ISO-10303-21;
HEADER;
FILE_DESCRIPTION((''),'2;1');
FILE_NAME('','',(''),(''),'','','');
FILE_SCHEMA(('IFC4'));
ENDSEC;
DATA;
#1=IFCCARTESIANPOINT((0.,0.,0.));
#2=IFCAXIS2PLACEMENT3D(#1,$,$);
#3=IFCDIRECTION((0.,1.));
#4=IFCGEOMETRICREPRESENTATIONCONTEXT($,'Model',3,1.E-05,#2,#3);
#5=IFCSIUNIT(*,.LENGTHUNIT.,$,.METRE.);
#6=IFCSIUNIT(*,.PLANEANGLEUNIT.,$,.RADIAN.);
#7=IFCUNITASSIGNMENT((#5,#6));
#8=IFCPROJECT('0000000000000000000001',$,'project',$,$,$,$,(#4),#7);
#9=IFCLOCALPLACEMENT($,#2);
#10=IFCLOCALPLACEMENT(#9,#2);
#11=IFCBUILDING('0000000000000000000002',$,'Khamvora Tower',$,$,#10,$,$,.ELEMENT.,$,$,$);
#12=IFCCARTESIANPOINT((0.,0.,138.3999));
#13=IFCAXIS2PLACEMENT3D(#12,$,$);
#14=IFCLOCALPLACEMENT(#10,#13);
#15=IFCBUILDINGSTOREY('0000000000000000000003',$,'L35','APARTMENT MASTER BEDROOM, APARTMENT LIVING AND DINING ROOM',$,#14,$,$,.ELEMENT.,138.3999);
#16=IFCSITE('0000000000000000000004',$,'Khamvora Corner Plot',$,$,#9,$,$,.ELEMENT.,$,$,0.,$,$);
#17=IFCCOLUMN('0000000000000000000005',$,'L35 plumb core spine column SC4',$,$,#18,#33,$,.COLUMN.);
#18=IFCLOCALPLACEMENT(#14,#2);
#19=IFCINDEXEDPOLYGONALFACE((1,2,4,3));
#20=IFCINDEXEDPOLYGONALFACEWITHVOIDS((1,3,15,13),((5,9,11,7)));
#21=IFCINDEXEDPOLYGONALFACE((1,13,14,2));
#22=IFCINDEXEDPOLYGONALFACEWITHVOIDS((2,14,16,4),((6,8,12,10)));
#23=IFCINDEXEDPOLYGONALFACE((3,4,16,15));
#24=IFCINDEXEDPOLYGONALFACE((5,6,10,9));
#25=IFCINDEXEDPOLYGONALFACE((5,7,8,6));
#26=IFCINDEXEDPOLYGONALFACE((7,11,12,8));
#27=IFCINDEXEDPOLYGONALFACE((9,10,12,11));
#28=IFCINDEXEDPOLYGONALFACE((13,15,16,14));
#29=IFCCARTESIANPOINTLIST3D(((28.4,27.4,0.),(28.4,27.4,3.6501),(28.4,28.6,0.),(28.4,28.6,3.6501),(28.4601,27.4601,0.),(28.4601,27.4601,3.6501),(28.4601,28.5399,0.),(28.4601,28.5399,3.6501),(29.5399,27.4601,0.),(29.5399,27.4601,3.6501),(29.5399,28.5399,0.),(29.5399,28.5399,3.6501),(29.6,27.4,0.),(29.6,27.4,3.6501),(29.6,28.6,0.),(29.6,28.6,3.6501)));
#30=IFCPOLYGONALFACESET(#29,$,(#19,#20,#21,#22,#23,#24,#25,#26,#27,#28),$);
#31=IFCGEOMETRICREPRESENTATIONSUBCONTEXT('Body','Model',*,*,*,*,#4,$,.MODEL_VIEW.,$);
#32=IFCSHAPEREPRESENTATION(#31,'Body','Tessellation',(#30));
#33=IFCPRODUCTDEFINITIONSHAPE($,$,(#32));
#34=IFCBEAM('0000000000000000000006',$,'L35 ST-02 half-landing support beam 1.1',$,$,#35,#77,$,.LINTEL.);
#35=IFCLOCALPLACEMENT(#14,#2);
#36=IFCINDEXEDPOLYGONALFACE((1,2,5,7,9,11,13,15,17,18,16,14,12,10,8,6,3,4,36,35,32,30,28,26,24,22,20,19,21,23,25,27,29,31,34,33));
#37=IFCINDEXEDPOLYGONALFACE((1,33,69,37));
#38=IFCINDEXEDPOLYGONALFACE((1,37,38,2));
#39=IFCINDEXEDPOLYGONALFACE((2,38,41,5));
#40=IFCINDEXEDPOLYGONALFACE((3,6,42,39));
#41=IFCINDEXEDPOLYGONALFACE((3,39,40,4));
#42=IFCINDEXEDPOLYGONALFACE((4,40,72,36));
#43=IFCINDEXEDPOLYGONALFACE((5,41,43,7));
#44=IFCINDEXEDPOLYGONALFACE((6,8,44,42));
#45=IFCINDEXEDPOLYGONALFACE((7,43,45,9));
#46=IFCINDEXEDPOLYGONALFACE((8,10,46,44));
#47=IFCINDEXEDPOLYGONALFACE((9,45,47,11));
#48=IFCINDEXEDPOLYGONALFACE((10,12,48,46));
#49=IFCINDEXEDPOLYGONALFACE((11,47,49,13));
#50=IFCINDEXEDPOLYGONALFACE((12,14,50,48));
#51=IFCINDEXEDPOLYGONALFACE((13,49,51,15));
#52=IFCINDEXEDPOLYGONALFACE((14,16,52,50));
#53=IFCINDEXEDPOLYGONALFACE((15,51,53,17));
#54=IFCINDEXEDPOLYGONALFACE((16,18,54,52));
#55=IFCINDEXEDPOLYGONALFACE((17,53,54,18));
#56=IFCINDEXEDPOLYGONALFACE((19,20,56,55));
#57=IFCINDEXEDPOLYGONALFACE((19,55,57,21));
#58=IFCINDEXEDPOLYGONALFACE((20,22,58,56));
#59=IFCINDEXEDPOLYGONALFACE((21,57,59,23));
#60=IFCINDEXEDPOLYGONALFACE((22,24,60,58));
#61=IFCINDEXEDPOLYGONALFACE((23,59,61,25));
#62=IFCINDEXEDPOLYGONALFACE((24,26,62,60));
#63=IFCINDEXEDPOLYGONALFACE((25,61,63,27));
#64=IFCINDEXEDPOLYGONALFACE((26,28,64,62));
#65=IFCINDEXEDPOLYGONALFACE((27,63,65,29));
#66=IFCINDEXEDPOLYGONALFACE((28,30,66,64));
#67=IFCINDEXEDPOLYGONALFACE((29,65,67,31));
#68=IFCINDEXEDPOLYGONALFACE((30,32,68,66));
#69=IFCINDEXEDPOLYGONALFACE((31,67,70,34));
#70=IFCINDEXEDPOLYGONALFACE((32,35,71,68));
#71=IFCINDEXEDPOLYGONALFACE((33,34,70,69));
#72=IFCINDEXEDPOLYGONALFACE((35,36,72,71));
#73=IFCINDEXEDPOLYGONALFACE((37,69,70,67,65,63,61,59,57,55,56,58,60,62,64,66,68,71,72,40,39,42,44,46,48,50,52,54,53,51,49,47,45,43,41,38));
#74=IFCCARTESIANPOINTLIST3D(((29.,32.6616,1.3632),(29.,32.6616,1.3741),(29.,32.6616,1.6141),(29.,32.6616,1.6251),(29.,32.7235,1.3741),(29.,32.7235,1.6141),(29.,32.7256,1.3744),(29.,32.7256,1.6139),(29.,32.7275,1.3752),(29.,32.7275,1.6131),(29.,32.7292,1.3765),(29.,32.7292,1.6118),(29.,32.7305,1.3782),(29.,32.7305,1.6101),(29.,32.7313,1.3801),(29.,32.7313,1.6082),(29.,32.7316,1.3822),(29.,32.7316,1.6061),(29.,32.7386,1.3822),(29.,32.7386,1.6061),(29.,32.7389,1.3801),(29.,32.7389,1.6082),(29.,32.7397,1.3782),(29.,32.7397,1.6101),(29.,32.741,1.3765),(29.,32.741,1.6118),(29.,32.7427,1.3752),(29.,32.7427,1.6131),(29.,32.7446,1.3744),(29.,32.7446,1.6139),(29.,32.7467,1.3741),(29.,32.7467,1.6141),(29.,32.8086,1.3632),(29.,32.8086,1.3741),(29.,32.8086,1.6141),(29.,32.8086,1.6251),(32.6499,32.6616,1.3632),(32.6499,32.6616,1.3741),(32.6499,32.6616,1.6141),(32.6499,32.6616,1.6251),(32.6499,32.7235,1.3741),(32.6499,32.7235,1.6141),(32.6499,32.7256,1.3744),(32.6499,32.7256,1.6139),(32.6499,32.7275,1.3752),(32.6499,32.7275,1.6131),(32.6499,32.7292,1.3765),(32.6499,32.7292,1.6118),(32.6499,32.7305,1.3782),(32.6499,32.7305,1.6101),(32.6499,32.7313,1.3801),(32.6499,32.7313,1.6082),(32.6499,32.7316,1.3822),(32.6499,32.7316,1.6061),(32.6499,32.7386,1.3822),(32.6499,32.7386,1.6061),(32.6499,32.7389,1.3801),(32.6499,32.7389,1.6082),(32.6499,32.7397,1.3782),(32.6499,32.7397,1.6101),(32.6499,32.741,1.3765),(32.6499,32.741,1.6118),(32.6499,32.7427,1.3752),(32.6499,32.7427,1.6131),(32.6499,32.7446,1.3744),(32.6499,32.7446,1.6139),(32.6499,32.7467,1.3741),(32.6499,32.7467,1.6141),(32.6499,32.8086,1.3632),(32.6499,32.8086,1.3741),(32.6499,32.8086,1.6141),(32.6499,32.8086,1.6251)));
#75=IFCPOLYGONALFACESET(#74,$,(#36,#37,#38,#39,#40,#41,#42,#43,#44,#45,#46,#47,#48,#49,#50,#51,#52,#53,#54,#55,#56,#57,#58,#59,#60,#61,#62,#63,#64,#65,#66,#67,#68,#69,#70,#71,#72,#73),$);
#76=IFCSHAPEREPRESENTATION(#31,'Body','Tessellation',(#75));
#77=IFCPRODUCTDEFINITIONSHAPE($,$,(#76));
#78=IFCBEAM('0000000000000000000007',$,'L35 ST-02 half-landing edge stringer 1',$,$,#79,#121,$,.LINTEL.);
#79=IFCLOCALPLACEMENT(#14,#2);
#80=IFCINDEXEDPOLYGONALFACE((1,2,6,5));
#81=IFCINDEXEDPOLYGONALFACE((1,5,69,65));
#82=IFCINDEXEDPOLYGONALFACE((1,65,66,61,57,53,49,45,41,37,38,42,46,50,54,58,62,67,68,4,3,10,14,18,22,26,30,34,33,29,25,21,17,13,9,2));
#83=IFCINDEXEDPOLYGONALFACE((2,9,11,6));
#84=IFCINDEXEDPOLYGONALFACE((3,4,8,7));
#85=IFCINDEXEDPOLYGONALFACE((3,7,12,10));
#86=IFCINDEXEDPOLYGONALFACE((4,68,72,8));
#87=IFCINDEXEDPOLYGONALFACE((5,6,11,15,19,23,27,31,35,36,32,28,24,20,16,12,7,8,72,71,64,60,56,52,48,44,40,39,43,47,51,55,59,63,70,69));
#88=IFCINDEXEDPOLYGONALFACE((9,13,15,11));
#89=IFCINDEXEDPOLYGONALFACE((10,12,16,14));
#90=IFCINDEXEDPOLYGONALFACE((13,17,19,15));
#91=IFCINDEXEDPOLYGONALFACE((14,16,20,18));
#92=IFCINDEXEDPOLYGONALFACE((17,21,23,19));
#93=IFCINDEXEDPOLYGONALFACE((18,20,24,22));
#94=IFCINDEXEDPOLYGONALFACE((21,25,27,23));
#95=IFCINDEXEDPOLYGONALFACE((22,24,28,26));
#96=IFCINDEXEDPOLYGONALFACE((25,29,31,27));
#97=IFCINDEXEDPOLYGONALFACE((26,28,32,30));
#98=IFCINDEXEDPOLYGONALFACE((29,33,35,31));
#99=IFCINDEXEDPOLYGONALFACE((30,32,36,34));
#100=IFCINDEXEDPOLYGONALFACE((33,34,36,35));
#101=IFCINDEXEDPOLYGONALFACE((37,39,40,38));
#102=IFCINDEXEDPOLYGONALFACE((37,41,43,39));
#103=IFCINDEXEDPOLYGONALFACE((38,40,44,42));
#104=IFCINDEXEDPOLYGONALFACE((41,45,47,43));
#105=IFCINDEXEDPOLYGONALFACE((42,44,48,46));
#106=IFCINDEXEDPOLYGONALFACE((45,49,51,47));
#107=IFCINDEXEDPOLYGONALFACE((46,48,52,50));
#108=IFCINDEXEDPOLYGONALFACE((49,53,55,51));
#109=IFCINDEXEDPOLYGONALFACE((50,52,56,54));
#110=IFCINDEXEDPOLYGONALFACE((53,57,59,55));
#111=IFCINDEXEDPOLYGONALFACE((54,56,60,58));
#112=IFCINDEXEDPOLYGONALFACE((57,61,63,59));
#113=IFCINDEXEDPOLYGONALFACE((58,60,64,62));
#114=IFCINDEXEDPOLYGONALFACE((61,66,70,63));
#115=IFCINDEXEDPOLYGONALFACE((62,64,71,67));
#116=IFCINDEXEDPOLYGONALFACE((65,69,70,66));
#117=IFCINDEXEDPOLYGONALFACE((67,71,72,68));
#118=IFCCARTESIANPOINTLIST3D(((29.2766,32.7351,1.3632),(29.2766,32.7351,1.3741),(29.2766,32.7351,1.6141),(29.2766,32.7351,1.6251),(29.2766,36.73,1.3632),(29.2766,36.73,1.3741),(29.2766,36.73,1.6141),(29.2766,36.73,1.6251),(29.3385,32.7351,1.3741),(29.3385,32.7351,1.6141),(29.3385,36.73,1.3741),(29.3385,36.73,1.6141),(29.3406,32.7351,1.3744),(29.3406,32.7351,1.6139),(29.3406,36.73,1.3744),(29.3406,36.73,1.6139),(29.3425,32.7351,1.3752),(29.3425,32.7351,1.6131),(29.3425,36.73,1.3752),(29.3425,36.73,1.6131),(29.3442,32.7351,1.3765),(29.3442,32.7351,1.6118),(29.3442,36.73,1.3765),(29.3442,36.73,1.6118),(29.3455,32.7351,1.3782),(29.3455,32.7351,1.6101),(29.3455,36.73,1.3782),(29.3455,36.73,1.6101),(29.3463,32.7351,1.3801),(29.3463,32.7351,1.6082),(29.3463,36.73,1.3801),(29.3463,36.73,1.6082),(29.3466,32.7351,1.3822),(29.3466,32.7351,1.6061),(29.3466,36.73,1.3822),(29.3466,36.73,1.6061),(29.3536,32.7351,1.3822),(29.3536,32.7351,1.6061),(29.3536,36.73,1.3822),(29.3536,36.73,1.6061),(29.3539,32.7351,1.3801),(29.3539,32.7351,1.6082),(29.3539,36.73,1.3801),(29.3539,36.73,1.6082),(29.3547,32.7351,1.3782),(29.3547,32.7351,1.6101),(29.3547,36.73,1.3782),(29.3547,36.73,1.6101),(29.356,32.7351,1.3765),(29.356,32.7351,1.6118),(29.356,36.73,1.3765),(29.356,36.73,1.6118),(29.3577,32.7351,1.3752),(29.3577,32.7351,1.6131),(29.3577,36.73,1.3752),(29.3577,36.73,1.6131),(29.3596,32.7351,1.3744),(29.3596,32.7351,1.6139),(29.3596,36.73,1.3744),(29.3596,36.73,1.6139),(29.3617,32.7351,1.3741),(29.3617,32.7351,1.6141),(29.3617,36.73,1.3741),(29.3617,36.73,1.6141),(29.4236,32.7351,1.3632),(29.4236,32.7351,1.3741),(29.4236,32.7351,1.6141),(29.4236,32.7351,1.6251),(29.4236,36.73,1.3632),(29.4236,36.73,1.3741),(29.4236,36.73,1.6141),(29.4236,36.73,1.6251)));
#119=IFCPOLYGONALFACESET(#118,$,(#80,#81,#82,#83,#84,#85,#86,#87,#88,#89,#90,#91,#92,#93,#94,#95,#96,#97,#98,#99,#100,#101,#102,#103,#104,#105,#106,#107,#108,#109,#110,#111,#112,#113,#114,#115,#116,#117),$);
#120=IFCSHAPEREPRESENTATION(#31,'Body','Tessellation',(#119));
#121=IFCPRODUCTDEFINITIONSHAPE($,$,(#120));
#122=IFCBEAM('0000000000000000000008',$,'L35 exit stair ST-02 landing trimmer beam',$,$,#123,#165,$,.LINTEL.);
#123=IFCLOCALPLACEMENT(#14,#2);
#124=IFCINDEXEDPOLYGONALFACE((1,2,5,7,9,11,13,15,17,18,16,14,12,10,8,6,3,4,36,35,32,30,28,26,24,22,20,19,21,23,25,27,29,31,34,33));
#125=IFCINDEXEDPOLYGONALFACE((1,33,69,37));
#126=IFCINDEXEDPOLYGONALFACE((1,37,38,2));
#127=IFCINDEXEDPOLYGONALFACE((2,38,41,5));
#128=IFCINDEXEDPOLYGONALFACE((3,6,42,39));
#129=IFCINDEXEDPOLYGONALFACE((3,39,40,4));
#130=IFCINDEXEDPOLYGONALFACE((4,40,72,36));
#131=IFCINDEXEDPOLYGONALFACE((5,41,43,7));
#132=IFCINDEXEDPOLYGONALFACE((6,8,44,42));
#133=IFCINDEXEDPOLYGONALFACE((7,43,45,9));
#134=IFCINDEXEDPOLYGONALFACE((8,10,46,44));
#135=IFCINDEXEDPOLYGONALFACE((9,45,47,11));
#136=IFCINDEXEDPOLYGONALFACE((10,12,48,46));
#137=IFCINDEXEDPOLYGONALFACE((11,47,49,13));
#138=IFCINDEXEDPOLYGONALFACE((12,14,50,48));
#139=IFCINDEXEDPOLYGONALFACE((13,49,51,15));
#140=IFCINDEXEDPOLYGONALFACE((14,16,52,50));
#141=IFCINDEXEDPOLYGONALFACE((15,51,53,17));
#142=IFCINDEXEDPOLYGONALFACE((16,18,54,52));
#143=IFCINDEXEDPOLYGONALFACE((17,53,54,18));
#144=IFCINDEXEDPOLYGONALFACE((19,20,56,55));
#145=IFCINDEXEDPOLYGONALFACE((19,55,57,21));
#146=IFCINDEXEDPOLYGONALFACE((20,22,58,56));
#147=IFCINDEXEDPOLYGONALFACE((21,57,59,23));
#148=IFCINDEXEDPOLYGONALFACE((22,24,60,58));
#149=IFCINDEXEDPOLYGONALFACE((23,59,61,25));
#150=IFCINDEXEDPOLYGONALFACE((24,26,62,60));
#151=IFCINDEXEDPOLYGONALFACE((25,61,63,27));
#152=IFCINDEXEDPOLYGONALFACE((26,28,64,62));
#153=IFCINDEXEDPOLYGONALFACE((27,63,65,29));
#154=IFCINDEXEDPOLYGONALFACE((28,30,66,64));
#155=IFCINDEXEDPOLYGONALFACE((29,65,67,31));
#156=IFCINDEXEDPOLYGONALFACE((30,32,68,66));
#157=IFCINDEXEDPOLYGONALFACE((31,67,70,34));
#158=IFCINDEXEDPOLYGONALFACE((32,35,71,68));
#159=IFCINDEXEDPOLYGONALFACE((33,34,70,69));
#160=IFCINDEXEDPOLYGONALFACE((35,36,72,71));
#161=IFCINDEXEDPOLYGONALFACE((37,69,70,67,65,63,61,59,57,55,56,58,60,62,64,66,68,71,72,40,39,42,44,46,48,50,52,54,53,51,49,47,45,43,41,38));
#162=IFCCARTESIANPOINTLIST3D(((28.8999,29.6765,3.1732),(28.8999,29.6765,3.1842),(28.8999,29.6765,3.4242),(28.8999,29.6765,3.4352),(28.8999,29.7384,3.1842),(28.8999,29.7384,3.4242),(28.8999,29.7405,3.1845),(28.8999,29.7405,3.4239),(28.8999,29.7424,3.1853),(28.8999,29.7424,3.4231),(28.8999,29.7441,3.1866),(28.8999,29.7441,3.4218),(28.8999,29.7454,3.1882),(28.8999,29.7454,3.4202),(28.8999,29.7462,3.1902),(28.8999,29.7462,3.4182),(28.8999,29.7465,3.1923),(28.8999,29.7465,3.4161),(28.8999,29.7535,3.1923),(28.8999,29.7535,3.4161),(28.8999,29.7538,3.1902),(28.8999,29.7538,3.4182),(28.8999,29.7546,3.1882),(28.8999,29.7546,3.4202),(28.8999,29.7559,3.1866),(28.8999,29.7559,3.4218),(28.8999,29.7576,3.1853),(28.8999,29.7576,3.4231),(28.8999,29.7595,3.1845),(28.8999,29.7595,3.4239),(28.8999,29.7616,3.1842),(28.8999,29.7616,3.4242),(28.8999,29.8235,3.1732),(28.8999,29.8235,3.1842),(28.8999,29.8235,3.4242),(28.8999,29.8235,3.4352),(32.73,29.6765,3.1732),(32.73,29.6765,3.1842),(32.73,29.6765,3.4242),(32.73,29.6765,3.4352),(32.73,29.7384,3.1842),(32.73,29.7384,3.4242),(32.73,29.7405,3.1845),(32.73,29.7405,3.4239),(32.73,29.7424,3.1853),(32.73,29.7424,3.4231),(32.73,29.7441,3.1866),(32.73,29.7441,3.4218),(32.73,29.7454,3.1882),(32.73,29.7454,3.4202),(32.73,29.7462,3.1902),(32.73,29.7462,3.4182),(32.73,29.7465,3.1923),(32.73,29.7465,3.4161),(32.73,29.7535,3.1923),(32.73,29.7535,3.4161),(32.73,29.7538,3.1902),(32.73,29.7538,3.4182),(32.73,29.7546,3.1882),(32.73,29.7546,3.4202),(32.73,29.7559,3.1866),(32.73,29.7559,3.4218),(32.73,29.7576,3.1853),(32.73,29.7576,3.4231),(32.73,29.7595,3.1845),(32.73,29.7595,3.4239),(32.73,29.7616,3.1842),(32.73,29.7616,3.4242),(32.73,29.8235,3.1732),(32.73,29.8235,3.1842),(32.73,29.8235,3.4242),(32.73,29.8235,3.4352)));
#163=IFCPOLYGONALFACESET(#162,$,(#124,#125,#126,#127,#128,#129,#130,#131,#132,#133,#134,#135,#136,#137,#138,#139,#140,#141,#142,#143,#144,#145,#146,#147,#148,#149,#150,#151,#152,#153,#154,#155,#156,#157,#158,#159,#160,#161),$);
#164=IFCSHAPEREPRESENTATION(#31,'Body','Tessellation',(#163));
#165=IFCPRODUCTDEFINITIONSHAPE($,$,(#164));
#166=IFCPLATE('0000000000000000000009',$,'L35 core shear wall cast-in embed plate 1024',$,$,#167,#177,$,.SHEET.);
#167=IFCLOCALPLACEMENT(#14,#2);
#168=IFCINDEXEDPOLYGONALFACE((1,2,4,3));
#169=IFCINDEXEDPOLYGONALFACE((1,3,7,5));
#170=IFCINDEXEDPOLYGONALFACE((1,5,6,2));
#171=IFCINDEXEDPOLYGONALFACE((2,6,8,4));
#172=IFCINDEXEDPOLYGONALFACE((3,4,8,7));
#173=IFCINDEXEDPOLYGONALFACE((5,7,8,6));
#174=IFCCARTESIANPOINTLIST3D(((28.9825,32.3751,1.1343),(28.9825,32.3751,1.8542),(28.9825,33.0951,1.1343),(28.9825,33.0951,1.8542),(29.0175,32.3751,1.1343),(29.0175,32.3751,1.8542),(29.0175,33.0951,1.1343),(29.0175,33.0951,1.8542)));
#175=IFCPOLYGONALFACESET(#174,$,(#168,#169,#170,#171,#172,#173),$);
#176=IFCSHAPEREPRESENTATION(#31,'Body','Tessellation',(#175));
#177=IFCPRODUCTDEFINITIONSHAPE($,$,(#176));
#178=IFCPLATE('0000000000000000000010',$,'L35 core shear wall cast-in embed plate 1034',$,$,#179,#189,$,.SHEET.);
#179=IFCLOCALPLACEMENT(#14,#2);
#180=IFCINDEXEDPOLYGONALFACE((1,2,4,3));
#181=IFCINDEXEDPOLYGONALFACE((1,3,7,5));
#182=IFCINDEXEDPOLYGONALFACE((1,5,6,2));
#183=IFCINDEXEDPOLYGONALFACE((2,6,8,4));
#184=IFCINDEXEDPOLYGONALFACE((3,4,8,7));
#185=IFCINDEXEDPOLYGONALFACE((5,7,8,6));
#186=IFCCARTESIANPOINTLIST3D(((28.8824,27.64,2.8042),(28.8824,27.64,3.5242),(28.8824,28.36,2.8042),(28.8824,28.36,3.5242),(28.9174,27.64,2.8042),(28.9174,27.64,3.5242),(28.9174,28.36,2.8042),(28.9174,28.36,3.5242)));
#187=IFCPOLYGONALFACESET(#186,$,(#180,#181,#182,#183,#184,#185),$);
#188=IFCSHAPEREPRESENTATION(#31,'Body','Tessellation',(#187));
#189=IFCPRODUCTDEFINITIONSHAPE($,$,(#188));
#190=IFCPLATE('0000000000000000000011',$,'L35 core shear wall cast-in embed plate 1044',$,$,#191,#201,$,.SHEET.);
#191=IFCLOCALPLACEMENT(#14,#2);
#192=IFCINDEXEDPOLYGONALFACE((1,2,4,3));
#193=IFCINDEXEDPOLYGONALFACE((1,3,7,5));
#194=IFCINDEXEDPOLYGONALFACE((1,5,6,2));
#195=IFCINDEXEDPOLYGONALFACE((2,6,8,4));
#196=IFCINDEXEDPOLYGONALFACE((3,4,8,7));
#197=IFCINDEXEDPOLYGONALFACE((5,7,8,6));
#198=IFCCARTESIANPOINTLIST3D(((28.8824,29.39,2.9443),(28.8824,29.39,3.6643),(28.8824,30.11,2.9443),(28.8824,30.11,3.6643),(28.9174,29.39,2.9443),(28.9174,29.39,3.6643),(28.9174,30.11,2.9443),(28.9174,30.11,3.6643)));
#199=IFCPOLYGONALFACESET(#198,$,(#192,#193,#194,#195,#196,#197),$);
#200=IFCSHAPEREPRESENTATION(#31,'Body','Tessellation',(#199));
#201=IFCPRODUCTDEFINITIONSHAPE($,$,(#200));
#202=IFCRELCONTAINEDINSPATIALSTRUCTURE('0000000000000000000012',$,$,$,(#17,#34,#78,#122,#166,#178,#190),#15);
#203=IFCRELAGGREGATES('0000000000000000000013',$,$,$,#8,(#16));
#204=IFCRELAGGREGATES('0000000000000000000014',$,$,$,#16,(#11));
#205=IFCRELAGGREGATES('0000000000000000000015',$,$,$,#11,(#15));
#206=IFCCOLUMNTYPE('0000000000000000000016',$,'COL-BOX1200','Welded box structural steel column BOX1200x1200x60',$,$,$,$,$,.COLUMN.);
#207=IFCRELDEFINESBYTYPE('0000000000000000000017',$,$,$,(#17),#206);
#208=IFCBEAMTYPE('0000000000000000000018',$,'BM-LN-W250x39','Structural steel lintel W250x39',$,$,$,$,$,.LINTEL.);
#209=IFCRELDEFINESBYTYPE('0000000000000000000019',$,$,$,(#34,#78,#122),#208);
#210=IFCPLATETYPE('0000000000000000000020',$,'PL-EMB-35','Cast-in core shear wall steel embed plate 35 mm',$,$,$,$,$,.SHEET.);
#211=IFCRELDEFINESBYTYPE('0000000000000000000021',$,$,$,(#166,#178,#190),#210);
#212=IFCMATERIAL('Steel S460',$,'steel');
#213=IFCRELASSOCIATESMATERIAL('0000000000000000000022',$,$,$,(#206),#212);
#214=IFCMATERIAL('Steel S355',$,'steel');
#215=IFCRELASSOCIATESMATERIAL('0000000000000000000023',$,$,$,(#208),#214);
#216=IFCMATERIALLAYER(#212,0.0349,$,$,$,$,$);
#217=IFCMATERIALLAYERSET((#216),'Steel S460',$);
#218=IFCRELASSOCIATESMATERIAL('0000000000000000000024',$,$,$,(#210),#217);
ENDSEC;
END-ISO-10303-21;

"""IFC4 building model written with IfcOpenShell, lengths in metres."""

from ifc_helpers import new_model, si_unit, direction, frame, origin, origin_2d, place, context, subcontext, project, spatial, rectangle, hollow_rectangle, i_section, extrude, material, layer, layer_set, material_profile, profile_set, type_object, element, save


model = new_model("IFC4")

# Units and contexts
model_context = context("Model", 3, precision=1e-05, world=origin(), true_north=direction((0.0, 1.0)))
body_context = subcontext(model_context, "Body", "Model", "MODEL_VIEW")
ifc_project = project(units=[si_unit("LENGTHUNIT", "METRE"), si_unit("PLANEANGLEUNIT", "RADIAN")], contexts=[model_context])

# Site, building, storey
site_placement = place(None, origin())
site = spatial("IfcSite", under=ifc_project, at=site_placement, Name="Khamvora Corner Plot", CompositionType="ELEMENT", RefElevation=0.0)
building_placement = place(site_placement, origin())
building = spatial("IfcBuilding", under=site, at=building_placement, Name="Khamvora Tower", CompositionType="ELEMENT")
storey_placement = place(building_placement, frame((0.0, 0.0, 138.3999)))
storey = spatial("IfcBuildingStorey", under=building, at=storey_placement, Name="L35", Description="APARTMENT MASTER BEDROOM, APARTMENT LIVING AND DINING ROOM", CompositionType="ELEMENT", Elevation=138.3999)

# Column
ifc_material_1 = material(Name="Steel S460", Category="steel")
ifc_material_profile_1 = material_profile(ifc_material_1, hollow_rectangle(XDim=1.2, YDim=1.2, WallThickness=0.0601, at=origin_2d()), Name="BOX1200x1200x60")
ifc_profile_set_1 = profile_set([ifc_material_profile_1], Name="Steel S460")
column_type = type_object("IfcColumnType", Name="COL-BOX1200", Description="Welded box structural steel column BOX1200x1200x60", PredefinedType="COLUMN", material=ifc_profile_set_1)
column_placement = place(storey_placement, frame((29.0, 28.0, 0.0), z_axis=(0.0, 0.0, 1.0), x_axis=(1.0, 0.0, 0.0)))
element("IfcColumn", 1, at=column_placement, inside=storey, type_object=column_type, Name="L35 plumb core spine column SC4", PredefinedType="COLUMN", context=body_context, shape_type="SweptSolid", body=[
    extrude(hollow_rectangle(XDim=1.2, YDim=1.2, WallThickness=0.0601, at=origin_2d()), origin(), (0.0, 0.0, 1.0), 3.6501),
])

# Beams
ifc_material_2 = material(Name="Steel S355", Category="steel")
ifc_material_profile_2 = material_profile(ifc_material_2, i_section(OverallWidth=0.147, OverallDepth=0.262, WebThickness=0.0071, FlangeThickness=0.011, FilletRadius=0.0081, at=origin_2d()), Name="W250x39")
ifc_profile_set_2 = profile_set([ifc_material_profile_2], Name="Steel S355")
beam_type = type_object("IfcBeamType", Name="BM-LN-W250x39", Description="Structural steel lintel W250x39", PredefinedType="LINTEL", material=ifc_profile_set_2)
beam_1_placement = place(storey_placement, frame((29.0, 32.7351, 1.4941), z_axis=(1.0, 0.0, 0.0), x_axis=(0.0, 1.0, 0.0)))
element("IfcBeam", 2, at=beam_1_placement, inside=storey, type_object=beam_type, Name="L35 ST-02 half-landing support beam 1.1", PredefinedType="LINTEL", context=body_context, shape_type="SweptSolid", body=[
    extrude(i_section(OverallWidth=0.147, OverallDepth=0.262, WebThickness=0.0071, FlangeThickness=0.011, FilletRadius=0.0081, at=origin_2d()), origin(), (0.0, 0.0, 1.0), 3.6499),
])
beam_2_placement = place(storey_placement, frame((29.3501, 32.7351, 1.4941), z_axis=(0.0, 1.0, 0.0), x_axis=(-1.0, 0.0, 0.0)))
element("IfcBeam", 3, at=beam_2_placement, inside=storey, type_object=beam_type, Name="L35 ST-02 half-landing edge stringer 1", PredefinedType="LINTEL", context=body_context, shape_type="SweptSolid", body=[
    extrude(i_section(OverallWidth=0.147, OverallDepth=0.262, WebThickness=0.0071, FlangeThickness=0.011, FilletRadius=0.0081, at=origin_2d()), origin(), (0.0, 0.0, 1.0), 3.9949),
])
beam_3_placement = place(storey_placement, frame((28.8999, 29.75, 3.3042), z_axis=(1.0, 0.0, 0.0), x_axis=(0.0, 1.0, 0.0)))
element("IfcBeam", 4, at=beam_3_placement, inside=storey, type_object=beam_type, Name="L35 exit stair ST-02 landing trimmer beam", PredefinedType="LINTEL", context=body_context, shape_type="SweptSolid", body=[
    extrude(i_section(OverallWidth=0.147, OverallDepth=0.262, WebThickness=0.0071, FlangeThickness=0.011, FilletRadius=0.0081, at=origin_2d()), origin(), (0.0, 0.0, 1.0), 3.8301),
])

# Plates
ifc_layer_1 = layer(ifc_material_1, 0.0349)
ifc_layer_set_1 = layer_set([ifc_layer_1], Name="Steel S460")
plate_type = type_object("IfcPlateType", Name="PL-EMB-35", Description="Cast-in core shear wall steel embed plate 35 mm", PredefinedType="SHEET", material=ifc_layer_set_1)
for number, where, z_axis, x_axis, name in (
    (5, (29.0, 32.7351, 1.1343), (0.0, 0.0, 1.0), (1.0, 0.0, 0.0), "L35 core shear wall cast-in embed plate 1024"),
    (6, (28.8999, 28.0, 2.8042), (0.0, 0.0, 1.0), (1.0, 0.0, 0.0), "L35 core shear wall cast-in embed plate 1034"),
    (7, (28.8999, 29.75, 2.9443), (0.0, 0.0, 1.0), (1.0, 0.0, 0.0), "L35 core shear wall cast-in embed plate 1044"),
):
    element("IfcPlate", number, at=place(storey_placement, frame(where, z_axis=z_axis, x_axis=x_axis)), inside=storey, type_object=plate_type, Name=name, PredefinedType="SHEET", context=body_context, shape_type="SweptSolid", body=[
        extrude(rectangle(XDim=0.0349, YDim=0.72, at=origin_2d()), origin(), (0.0, 0.0, 1.0), 0.72),
    ])

save(model, "model.ifc")
